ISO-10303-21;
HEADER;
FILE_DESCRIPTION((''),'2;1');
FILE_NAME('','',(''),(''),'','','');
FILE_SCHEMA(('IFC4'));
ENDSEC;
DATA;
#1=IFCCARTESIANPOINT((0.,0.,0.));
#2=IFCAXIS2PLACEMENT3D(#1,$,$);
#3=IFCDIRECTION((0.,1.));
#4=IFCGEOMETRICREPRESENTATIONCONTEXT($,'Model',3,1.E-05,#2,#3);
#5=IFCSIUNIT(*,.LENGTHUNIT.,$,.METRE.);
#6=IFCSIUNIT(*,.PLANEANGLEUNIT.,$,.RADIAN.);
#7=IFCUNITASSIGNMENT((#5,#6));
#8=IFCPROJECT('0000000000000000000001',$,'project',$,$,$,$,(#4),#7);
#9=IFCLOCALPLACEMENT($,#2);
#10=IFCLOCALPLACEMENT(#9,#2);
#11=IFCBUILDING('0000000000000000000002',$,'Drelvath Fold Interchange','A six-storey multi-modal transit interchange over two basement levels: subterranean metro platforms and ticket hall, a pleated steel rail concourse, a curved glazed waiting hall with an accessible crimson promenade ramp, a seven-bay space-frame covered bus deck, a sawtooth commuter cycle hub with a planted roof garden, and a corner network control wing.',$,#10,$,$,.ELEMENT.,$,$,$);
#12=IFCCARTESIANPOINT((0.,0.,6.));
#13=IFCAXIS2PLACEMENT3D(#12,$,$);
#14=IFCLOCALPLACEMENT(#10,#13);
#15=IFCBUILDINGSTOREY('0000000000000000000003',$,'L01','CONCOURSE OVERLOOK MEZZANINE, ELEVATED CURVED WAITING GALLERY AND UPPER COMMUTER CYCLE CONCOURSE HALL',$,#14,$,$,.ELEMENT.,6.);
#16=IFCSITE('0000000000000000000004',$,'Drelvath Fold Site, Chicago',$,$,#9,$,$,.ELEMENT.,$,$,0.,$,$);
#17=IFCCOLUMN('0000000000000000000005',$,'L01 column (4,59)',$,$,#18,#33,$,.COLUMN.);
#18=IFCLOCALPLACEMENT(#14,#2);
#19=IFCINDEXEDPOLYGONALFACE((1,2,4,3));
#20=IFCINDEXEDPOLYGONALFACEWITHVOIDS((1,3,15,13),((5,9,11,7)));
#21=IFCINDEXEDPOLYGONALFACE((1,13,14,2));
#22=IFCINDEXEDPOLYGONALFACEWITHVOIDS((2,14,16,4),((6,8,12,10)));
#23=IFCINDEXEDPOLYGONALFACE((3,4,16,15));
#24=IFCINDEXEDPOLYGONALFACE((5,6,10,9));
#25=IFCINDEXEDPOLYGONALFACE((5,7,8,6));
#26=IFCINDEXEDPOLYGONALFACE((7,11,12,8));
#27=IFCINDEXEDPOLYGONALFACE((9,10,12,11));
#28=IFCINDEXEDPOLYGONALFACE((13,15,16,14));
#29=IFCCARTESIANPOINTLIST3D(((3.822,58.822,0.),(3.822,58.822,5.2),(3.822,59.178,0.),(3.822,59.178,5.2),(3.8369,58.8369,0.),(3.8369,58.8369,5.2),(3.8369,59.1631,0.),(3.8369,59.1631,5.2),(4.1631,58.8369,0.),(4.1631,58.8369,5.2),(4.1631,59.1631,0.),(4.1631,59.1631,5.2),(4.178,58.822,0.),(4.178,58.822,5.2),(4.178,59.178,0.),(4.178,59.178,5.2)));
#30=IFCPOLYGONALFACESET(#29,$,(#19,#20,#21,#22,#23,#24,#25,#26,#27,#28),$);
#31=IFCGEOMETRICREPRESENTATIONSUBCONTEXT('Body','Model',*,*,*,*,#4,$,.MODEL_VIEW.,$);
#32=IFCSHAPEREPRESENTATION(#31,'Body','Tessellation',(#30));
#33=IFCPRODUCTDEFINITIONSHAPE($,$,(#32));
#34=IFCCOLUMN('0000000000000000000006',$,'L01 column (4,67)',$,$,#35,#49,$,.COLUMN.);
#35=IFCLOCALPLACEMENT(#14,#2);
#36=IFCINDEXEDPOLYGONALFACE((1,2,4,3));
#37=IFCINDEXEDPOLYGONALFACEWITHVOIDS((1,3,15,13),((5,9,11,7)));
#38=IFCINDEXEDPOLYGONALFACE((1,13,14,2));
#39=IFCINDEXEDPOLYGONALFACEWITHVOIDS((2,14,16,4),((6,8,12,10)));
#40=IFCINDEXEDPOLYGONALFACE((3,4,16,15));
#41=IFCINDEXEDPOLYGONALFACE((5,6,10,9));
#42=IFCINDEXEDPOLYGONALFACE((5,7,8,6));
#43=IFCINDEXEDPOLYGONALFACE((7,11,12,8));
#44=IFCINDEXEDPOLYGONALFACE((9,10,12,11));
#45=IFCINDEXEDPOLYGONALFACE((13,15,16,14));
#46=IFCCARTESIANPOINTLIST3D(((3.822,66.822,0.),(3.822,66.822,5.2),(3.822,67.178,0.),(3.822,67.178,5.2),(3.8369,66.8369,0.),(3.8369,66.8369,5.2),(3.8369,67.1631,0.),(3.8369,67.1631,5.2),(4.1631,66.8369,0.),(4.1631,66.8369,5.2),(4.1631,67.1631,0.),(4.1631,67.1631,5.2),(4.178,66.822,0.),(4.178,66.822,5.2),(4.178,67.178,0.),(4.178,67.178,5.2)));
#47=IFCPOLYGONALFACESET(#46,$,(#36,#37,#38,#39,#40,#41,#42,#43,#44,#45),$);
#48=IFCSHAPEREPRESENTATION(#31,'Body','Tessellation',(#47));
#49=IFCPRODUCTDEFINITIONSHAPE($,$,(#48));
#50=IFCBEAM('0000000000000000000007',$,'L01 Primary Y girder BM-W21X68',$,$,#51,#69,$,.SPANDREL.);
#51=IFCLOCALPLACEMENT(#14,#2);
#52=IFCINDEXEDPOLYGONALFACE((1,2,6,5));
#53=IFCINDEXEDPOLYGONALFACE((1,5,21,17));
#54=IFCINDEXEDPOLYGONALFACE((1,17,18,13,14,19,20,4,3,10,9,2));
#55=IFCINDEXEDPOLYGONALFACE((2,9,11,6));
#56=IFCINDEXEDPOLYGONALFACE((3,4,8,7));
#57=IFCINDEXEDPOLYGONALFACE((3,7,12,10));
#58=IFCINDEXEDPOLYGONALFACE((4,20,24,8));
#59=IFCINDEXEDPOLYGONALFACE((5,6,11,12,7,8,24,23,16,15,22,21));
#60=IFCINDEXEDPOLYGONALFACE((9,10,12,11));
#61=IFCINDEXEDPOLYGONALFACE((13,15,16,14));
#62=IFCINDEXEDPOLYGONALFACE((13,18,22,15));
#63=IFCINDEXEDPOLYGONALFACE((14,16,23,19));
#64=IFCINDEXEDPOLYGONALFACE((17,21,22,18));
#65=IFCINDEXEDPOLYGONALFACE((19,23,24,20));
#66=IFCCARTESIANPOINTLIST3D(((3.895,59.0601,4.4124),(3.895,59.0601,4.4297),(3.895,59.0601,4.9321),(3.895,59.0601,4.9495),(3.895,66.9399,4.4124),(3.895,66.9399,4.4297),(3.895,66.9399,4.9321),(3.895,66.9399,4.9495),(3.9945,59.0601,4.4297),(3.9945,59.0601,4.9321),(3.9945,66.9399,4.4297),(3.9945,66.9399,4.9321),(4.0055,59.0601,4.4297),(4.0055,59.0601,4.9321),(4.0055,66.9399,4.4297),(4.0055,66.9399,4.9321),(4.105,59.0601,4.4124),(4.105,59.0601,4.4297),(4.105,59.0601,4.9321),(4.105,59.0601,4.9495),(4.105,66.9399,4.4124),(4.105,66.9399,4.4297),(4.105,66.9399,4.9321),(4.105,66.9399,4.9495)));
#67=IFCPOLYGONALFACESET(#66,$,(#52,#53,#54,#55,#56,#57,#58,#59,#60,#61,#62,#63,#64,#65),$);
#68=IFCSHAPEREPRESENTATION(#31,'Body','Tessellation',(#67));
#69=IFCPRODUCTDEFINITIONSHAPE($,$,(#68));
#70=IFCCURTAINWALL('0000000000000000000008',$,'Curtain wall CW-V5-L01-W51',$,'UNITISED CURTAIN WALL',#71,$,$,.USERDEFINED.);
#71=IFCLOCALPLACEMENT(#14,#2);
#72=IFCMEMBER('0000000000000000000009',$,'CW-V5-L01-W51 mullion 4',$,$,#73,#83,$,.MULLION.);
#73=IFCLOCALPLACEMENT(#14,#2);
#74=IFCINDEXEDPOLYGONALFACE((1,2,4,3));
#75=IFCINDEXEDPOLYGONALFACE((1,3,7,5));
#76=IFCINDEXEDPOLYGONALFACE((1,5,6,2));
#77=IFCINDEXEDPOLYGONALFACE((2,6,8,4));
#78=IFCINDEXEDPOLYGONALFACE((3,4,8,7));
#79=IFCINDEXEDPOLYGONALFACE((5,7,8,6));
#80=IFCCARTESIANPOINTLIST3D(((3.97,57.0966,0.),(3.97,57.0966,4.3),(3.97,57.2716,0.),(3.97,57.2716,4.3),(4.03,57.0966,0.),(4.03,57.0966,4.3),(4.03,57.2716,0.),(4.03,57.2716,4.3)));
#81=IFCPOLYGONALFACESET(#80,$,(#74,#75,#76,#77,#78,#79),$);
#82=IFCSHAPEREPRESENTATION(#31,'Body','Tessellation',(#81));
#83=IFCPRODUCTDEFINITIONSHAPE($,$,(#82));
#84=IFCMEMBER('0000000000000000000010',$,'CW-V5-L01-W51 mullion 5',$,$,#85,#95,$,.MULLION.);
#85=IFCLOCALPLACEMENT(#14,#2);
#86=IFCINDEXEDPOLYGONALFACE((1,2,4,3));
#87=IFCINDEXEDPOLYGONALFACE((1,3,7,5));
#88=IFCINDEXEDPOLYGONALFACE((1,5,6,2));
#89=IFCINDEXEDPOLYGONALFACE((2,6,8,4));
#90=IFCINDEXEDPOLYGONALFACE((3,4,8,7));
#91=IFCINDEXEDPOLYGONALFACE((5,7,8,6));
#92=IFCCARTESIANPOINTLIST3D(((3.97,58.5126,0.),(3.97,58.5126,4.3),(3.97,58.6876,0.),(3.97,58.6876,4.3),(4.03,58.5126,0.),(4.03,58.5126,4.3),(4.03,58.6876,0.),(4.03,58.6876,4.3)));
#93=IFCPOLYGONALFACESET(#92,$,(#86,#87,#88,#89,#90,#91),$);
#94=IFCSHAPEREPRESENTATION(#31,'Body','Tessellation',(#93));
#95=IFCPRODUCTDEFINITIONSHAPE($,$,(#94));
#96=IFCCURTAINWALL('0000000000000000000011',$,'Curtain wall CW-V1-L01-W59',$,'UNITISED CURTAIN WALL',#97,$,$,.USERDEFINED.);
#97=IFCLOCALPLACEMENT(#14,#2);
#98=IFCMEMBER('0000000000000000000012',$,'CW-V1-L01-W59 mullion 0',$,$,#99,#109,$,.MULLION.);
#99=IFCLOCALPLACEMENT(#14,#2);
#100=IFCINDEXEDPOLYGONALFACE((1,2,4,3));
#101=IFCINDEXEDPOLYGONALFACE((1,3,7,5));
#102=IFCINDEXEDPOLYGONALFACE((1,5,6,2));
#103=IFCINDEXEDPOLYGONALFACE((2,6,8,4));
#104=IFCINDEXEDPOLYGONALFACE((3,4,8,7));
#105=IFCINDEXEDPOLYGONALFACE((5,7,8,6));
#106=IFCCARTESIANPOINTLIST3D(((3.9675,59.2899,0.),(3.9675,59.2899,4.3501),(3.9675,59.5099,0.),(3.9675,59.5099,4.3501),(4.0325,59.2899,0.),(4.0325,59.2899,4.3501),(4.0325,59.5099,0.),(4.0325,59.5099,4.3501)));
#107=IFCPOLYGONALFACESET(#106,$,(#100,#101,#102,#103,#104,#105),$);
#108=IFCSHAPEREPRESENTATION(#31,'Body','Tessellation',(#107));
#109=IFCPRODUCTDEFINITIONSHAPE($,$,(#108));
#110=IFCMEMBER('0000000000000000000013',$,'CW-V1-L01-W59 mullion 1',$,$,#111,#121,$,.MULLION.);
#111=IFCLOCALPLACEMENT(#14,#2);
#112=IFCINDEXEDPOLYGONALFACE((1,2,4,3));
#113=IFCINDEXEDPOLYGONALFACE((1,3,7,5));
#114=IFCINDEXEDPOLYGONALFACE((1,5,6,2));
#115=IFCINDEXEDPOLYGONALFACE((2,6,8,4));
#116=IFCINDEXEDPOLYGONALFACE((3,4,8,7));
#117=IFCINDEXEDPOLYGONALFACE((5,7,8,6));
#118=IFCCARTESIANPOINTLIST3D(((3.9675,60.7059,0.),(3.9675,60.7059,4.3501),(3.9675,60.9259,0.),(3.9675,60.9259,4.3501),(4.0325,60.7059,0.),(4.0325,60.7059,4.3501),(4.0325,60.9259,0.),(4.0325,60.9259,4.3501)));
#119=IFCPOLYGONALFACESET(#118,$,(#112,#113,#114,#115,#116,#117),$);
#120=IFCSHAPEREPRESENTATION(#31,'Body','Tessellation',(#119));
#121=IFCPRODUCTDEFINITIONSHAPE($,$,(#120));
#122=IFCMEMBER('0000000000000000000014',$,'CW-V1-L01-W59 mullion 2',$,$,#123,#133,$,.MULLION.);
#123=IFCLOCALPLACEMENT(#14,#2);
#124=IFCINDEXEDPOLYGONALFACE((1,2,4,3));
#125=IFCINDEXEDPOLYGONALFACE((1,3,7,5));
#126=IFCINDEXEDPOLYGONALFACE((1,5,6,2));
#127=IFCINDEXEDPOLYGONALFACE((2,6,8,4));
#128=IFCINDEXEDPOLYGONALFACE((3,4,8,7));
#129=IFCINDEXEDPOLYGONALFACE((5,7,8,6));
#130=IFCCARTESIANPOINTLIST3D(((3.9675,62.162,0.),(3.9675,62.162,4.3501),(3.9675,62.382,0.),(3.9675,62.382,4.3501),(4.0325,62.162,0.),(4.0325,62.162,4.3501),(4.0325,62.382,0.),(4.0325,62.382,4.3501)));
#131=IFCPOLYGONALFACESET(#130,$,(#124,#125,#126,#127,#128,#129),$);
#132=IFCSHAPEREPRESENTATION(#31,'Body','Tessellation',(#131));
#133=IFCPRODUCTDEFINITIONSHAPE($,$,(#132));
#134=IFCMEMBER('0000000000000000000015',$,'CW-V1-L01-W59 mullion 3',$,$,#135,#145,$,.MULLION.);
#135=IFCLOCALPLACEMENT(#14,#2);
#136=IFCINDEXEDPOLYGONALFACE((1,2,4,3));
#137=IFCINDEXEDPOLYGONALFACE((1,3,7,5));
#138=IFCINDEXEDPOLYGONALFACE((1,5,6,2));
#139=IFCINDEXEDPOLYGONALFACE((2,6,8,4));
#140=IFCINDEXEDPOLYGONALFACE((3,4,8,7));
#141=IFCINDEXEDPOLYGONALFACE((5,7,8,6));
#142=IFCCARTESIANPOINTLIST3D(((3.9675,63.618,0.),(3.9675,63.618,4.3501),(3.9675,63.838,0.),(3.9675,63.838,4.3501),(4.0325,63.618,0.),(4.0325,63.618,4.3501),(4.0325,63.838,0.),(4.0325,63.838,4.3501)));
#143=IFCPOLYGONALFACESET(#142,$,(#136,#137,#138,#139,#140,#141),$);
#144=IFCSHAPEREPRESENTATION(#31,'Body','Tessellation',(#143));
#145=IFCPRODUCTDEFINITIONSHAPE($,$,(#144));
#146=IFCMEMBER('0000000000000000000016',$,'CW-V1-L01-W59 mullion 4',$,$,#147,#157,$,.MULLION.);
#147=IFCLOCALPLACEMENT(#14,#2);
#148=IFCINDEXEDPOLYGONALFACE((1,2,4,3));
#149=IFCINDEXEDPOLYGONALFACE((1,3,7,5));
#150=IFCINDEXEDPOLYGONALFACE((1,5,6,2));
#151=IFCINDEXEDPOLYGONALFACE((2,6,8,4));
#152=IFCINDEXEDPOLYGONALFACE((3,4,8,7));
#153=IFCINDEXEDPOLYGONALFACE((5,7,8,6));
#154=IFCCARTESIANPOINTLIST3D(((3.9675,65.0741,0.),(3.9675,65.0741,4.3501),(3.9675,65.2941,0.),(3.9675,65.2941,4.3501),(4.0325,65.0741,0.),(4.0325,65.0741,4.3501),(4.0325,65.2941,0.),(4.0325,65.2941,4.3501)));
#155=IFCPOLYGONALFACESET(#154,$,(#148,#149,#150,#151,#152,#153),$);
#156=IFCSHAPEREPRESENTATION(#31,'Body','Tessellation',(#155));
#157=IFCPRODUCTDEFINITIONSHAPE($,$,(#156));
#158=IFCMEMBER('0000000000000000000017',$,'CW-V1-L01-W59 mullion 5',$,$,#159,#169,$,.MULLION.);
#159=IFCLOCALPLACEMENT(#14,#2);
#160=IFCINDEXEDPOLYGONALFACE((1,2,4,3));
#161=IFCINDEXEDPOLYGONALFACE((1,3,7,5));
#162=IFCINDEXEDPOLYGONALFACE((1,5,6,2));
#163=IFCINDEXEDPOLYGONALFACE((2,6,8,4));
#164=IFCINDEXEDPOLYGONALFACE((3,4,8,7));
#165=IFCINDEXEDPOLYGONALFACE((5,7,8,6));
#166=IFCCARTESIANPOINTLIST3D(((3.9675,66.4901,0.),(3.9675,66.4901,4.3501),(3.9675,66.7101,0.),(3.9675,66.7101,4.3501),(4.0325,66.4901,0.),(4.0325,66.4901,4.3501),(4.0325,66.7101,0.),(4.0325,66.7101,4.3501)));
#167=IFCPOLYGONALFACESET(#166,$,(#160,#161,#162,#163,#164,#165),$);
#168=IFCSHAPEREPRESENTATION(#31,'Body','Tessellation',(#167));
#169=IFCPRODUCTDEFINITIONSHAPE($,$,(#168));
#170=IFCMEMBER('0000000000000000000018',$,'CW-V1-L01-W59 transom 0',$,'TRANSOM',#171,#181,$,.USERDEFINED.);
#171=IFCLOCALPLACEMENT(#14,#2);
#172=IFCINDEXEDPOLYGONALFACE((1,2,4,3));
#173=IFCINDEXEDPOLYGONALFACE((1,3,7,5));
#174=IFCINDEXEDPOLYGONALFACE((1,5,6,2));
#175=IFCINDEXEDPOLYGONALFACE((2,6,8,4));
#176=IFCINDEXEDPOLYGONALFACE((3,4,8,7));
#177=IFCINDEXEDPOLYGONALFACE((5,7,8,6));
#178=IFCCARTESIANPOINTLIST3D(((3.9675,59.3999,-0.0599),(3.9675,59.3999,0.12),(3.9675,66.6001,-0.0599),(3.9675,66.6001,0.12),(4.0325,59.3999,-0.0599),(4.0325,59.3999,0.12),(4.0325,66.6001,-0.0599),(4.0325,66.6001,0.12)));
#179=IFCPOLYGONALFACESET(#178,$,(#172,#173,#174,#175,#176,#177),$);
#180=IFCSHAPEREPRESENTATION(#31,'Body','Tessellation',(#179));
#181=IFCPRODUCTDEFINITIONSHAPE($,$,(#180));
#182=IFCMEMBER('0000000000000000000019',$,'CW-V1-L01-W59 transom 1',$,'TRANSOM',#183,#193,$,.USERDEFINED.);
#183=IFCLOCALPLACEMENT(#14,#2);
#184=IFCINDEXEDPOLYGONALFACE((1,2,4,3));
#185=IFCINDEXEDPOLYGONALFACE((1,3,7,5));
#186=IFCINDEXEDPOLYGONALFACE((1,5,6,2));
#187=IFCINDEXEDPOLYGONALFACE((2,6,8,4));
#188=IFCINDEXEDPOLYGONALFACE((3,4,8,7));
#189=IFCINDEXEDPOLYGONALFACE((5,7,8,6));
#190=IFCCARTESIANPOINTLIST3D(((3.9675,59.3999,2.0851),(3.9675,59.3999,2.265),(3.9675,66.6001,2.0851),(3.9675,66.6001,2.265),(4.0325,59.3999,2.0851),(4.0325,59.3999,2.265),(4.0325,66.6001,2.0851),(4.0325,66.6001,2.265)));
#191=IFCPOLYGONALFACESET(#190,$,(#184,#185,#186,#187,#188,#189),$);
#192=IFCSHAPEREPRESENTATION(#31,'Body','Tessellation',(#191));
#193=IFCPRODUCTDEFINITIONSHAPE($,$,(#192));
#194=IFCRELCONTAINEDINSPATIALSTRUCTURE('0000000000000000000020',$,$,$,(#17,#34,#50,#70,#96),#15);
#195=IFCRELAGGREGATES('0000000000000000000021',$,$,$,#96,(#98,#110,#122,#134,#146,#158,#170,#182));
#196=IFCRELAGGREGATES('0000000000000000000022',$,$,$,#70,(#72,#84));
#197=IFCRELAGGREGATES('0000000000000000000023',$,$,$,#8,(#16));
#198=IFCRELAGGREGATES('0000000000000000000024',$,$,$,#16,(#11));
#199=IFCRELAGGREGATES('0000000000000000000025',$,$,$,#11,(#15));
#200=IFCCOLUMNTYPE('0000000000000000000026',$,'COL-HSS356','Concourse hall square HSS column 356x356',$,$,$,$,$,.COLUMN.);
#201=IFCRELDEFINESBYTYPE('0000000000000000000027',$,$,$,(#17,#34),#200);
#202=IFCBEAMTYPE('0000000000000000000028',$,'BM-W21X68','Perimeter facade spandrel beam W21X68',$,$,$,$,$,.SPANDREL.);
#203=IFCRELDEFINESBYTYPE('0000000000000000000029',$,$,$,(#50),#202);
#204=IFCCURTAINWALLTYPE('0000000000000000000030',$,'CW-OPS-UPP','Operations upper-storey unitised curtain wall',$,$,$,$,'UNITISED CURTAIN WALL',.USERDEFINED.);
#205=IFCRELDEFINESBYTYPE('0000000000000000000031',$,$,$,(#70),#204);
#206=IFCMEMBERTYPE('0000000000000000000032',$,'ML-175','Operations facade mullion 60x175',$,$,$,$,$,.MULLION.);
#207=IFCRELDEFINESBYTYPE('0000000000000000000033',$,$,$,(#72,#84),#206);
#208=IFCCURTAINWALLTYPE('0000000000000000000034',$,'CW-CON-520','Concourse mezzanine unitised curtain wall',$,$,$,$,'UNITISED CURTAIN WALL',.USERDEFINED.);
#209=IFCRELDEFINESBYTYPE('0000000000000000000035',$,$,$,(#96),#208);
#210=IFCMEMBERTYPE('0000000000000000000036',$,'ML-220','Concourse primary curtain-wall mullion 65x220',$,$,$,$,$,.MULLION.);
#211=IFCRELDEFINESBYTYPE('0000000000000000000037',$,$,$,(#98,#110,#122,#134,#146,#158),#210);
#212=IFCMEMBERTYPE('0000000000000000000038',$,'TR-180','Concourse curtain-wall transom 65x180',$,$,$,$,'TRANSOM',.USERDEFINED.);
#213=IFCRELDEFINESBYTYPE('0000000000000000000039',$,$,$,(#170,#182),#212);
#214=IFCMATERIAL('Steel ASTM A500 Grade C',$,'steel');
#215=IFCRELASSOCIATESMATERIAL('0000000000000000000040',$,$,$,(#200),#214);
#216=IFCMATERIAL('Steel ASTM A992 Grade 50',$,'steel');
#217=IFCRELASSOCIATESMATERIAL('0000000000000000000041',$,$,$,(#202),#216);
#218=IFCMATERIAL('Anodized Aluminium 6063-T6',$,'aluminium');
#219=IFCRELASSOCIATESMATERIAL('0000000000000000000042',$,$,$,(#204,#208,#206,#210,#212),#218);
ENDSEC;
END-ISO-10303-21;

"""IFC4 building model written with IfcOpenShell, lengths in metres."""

from ifc_helpers import new_model, si_unit, direction, frame, origin, origin_2d, place, context, subcontext, project, spatial, rectangle, hollow_rectangle, i_section, extrude, material, material_profile, profile_set, type_object, element, aggregate, save


model = new_model("IFC4")

# Units and contexts
model_context = context("Model", 3, precision=1e-05, world=origin(), true_north=direction((0.0, 1.0)))
body_context = subcontext(model_context, "Body", "Model", "MODEL_VIEW")
ifc_project = project(units=[si_unit("LENGTHUNIT", "METRE"), si_unit("PLANEANGLEUNIT", "RADIAN")], contexts=[model_context])

# Site, building, storey
site_placement = place(None, origin())
site = spatial("IfcSite", under=ifc_project, at=site_placement, Name="Drelvath Fold Site, Chicago", CompositionType="ELEMENT", RefElevation=0.0)
building_placement = place(site_placement, origin())
building = spatial("IfcBuilding", under=site, at=building_placement, Name="Drelvath Fold Interchange", Description="A six-storey multi-modal transit interchange over two basement levels: subterranean metro platforms and ticket hall, a pleated steel rail concourse, a curved glazed waiting hall with an accessible crimson promenade ramp, a seven-bay space-frame covered bus deck, a sawtooth commuter cycle hub with a planted roof garden, and a corner network control wing.", CompositionType="ELEMENT")
storey_placement = place(building_placement, frame((0.0, 0.0, 6.0)))
storey = spatial("IfcBuildingStorey", under=building, at=storey_placement, Name="L01", Description="CONCOURSE OVERLOOK MEZZANINE, ELEVATED CURVED WAITING GALLERY AND UPPER COMMUTER CYCLE CONCOURSE HALL", CompositionType="ELEMENT", Elevation=6.0)

# Columns
ifc_material_1 = material(Name="Steel ASTM A500 Grade C", Category="steel")
ifc_material_profile_1 = material_profile(ifc_material_1, hollow_rectangle(XDim=0.356, YDim=0.356, WallThickness=0.0149, at=origin_2d()), Name="HSS14X14X5/8")
ifc_profile_set_1 = profile_set([ifc_material_profile_1], Name="Steel ASTM A500 Grade C")
column_type = type_object("IfcColumnType", Name="COL-HSS356", Description="Concourse hall square HSS column 356x356", PredefinedType="COLUMN", material=ifc_profile_set_1)
for number, where, z_axis, x_axis, name in (
    (1, (4.0, 59.0, 0.0), (0.0, 0.0, 1.0), (1.0, 0.0, 0.0), "L01 column (4,59)"),
    (2, (4.0, 67.0, 0.0), (0.0, 0.0, 1.0), (1.0, 0.0, 0.0), "L01 column (4,67)"),
):
    element("IfcColumn", number, at=place(storey_placement, frame(where, z_axis=z_axis, x_axis=x_axis)), inside=storey, type_object=column_type, Name=name, PredefinedType="COLUMN", context=body_context, shape_type="SweptSolid", body=[
        extrude(hollow_rectangle(XDim=0.356, YDim=0.356, WallThickness=0.0149, at=origin_2d()), origin(), (0.0, 0.0, 1.0), 5.2),
    ])

# Beam
ifc_material_2 = material(Name="Steel ASTM A992 Grade 50", Category="steel")
ifc_material_profile_2 = material_profile(ifc_material_2, i_section(OverallWidth=0.21, OverallDepth=0.5371, WebThickness=0.011, FlangeThickness=0.0173, at=origin_2d()), Name="W21X68")
ifc_profile_set_2 = profile_set([ifc_material_profile_2], Name="Steel ASTM A992 Grade 50")
beam_type = type_object("IfcBeamType", Name="BM-W21X68", Description="Perimeter facade spandrel beam W21X68", PredefinedType="SPANDREL", material=ifc_profile_set_2)
beam_placement = place(storey_placement, frame((4.0, 59.0601, 4.6809), z_axis=(0.0, 1.0, 0.0), x_axis=(-1.0, 0.0, 0.0)))
element("IfcBeam", 3, at=beam_placement, inside=storey, type_object=beam_type, Name="L01 Primary Y girder BM-W21X68", PredefinedType="SPANDREL", context=body_context, shape_type="SweptSolid", body=[
    extrude(i_section(OverallWidth=0.21, OverallDepth=0.5371, WebThickness=0.011, FlangeThickness=0.0173, at=origin_2d()), origin(), (0.0, 0.0, 1.0), 7.8799),
])

# Curtain wall, members
ifc_material_3 = material(Name="Anodized Aluminium 6063-T6", Category="aluminium")
curtain_wall_type_1 = type_object("IfcCurtainWallType", Name="CW-OPS-UPP", Description="Operations upper-storey unitised curtain wall", ElementType="UNITISED CURTAIN WALL", PredefinedType="USERDEFINED", material=ifc_material_3)
curtain_wall_1_placement = place(storey_placement, origin())
curtain_wall_1 = element("IfcCurtainWall", 4, at=curtain_wall_1_placement, inside=storey, type_object=curtain_wall_type_1, Name="Curtain wall CW-V5-L01-W51", ObjectType="UNITISED CURTAIN WALL", PredefinedType="USERDEFINED")
ifc_material_profile_3 = material_profile(ifc_material_3, rectangle(XDim=0.0601, YDim=0.175, at=origin_2d()), Name="AL-M 60x175")
ifc_profile_set_3 = profile_set([ifc_material_profile_3], Name="Anodized Aluminium 6063-T6")
member_type_1 = type_object("IfcMemberType", Name="ML-175", Description="Operations facade mullion 60x175", PredefinedType="MULLION", material=ifc_profile_set_3)
member_1_placement = place(storey_placement, frame((4.0, 57.1841, 0.0), z_axis=(0.0, 0.0, 1.0), x_axis=(1.0, 0.0, 0.0)))
member_1 = element("IfcMember", 5, at=member_1_placement, type_object=member_type_1, Name="CW-V5-L01-W51 mullion 4", PredefinedType="MULLION", context=body_context, shape_type="SweptSolid", body=[
    extrude(rectangle(XDim=0.0601, YDim=0.175, at=origin_2d()), origin(), (0.0, 0.0, 1.0), 4.3),
])
member_2_placement = place(storey_placement, frame((4.0, 58.6001, 0.0), z_axis=(0.0, 0.0, 1.0), x_axis=(1.0, 0.0, 0.0)))
member_2 = element("IfcMember", 6, at=member_2_placement, type_object=member_type_1, Name="CW-V5-L01-W51 mullion 5", PredefinedType="MULLION", context=body_context, shape_type="SweptSolid", body=[
    extrude(rectangle(XDim=0.0601, YDim=0.175, at=origin_2d()), origin(), (0.0, 0.0, 1.0), 4.3),
])

# Curtain wall, members
curtain_wall_type_2 = type_object("IfcCurtainWallType", Name="CW-CON-520", Description="Concourse mezzanine unitised curtain wall", ElementType="UNITISED CURTAIN WALL", PredefinedType="USERDEFINED", material=ifc_material_3)
curtain_wall_2_placement = place(storey_placement, origin())
curtain_wall_2 = element("IfcCurtainWall", 7, at=curtain_wall_2_placement, inside=storey, type_object=curtain_wall_type_2, Name="Curtain wall CW-V1-L01-W59", ObjectType="UNITISED CURTAIN WALL", PredefinedType="USERDEFINED")
ifc_material_profile_4 = material_profile(ifc_material_3, rectangle(XDim=0.0649, YDim=0.22, at=origin_2d()), Name="AL-M 65x220")
ifc_profile_set_4 = profile_set([ifc_material_profile_4], Name="Anodized Aluminium 6063-T6")
member_type_2 = type_object("IfcMemberType", Name="ML-220", Description="Concourse primary curtain-wall mullion 65x220", PredefinedType="MULLION", material=ifc_profile_set_4)
member_3_placement = place(storey_placement, frame((4.0, 59.3999, 0.0), z_axis=(0.0, 0.0, 1.0), x_axis=(1.0, 0.0, 0.0)))
member_3 = element("IfcMember", 8, at=member_3_placement, type_object=member_type_2, Name="CW-V1-L01-W59 mullion 0", PredefinedType="MULLION", context=body_context, shape_type="SweptSolid", body=[
    extrude(rectangle(XDim=0.0649, YDim=0.22, at=origin_2d()), origin(), (0.0, 0.0, 1.0), 4.3501),
])
member_4_placement = place(storey_placement, frame((4.0, 60.8159, 0.0), z_axis=(0.0, 0.0, 1.0), x_axis=(1.0, 0.0, 0.0)))
member_4 = element("IfcMember", 9, at=member_4_placement, type_object=member_type_2, Name="CW-V1-L01-W59 mullion 1", PredefinedType="MULLION", context=body_context, shape_type="SweptSolid", body=[
    extrude(rectangle(XDim=0.0649, YDim=0.22, at=origin_2d()), origin(), (0.0, 0.0, 1.0), 4.3501),
])
member_5_placement = place(storey_placement, frame((4.0, 62.272, 0.0), z_axis=(0.0, 0.0, 1.0), x_axis=(1.0, 0.0, 0.0)))
member_5 = element("IfcMember", 10, at=member_5_placement, type_object=member_type_2, Name="CW-V1-L01-W59 mullion 2", PredefinedType="MULLION", context=body_context, shape_type="SweptSolid", body=[
    extrude(rectangle(XDim=0.0649, YDim=0.22, at=origin_2d()), origin(), (0.0, 0.0, 1.0), 4.3501),
])
member_6_placement = place(storey_placement, frame((4.0, 63.728, 0.0), z_axis=(0.0, 0.0, 1.0), x_axis=(1.0, 0.0, 0.0)))
member_6 = element("IfcMember", 11, at=member_6_placement, type_object=member_type_2, Name="CW-V1-L01-W59 mullion 3", PredefinedType="MULLION", context=body_context, shape_type="SweptSolid", body=[
    extrude(rectangle(XDim=0.0649, YDim=0.22, at=origin_2d()), origin(), (0.0, 0.0, 1.0), 4.3501),
])
member_7_placement = place(storey_placement, frame((4.0, 65.1841, 0.0), z_axis=(0.0, 0.0, 1.0), x_axis=(1.0, 0.0, 0.0)))
member_7 = element("IfcMember", 12, at=member_7_placement, type_object=member_type_2, Name="CW-V1-L01-W59 mullion 4", PredefinedType="MULLION", context=body_context, shape_type="SweptSolid", body=[
    extrude(rectangle(XDim=0.0649, YDim=0.22, at=origin_2d()), origin(), (0.0, 0.0, 1.0), 4.3501),
])
member_8_placement = place(storey_placement, frame((4.0, 66.6001, 0.0), z_axis=(0.0, 0.0, 1.0), x_axis=(1.0, 0.0, 0.0)))
member_8 = element("IfcMember", 13, at=member_8_placement, type_object=member_type_2, Name="CW-V1-L01-W59 mullion 5", PredefinedType="MULLION", context=body_context, shape_type="SweptSolid", body=[
    extrude(rectangle(XDim=0.0649, YDim=0.22, at=origin_2d()), origin(), (0.0, 0.0, 1.0), 4.3501),
])
ifc_material_profile_5 = material_profile(ifc_material_3, rectangle(XDim=0.0649, YDim=0.1799, at=origin_2d()), Name="AL-T 65x180")
ifc_profile_set_5 = profile_set([ifc_material_profile_5], Name="Anodized Aluminium 6063-T6")
member_type_3 = type_object("IfcMemberType", Name="TR-180", Description="Concourse curtain-wall transom 65x180", ElementType="TRANSOM", PredefinedType="USERDEFINED", material=ifc_profile_set_5)
member_9_placement = place(storey_placement, frame((4.0, 59.3999, 0.03), z_axis=(0.0, 1.0, 0.0), x_axis=(-1.0, 0.0, 0.0)))
member_9 = element("IfcMember", 14, at=member_9_placement, type_object=member_type_3, Name="CW-V1-L01-W59 transom 0", ObjectType="TRANSOM", PredefinedType="USERDEFINED", context=body_context, shape_type="SweptSolid", body=[
    extrude(rectangle(XDim=0.0649, YDim=0.1799, at=origin_2d()), origin(), (0.0, 0.0, 1.0), 7.2002),
])
member_10_placement = place(storey_placement, frame((4.0, 59.3999, 2.175), z_axis=(0.0, 1.0, 0.0), x_axis=(-1.0, 0.0, 0.0)))
member_10 = element("IfcMember", 15, at=member_10_placement, type_object=member_type_3, Name="CW-V1-L01-W59 transom 1", ObjectType="TRANSOM", PredefinedType="USERDEFINED", context=body_context, shape_type="SweptSolid", body=[
    extrude(rectangle(XDim=0.0649, YDim=0.1799, at=origin_2d()), origin(), (0.0, 0.0, 1.0), 7.2002),
])
aggregate(curtain_wall_2, [member_3, member_4, member_5, member_6, member_7, member_8, member_9, member_10])

aggregate(curtain_wall_1, [member_1, member_2])

save(model, "model.ifc")
